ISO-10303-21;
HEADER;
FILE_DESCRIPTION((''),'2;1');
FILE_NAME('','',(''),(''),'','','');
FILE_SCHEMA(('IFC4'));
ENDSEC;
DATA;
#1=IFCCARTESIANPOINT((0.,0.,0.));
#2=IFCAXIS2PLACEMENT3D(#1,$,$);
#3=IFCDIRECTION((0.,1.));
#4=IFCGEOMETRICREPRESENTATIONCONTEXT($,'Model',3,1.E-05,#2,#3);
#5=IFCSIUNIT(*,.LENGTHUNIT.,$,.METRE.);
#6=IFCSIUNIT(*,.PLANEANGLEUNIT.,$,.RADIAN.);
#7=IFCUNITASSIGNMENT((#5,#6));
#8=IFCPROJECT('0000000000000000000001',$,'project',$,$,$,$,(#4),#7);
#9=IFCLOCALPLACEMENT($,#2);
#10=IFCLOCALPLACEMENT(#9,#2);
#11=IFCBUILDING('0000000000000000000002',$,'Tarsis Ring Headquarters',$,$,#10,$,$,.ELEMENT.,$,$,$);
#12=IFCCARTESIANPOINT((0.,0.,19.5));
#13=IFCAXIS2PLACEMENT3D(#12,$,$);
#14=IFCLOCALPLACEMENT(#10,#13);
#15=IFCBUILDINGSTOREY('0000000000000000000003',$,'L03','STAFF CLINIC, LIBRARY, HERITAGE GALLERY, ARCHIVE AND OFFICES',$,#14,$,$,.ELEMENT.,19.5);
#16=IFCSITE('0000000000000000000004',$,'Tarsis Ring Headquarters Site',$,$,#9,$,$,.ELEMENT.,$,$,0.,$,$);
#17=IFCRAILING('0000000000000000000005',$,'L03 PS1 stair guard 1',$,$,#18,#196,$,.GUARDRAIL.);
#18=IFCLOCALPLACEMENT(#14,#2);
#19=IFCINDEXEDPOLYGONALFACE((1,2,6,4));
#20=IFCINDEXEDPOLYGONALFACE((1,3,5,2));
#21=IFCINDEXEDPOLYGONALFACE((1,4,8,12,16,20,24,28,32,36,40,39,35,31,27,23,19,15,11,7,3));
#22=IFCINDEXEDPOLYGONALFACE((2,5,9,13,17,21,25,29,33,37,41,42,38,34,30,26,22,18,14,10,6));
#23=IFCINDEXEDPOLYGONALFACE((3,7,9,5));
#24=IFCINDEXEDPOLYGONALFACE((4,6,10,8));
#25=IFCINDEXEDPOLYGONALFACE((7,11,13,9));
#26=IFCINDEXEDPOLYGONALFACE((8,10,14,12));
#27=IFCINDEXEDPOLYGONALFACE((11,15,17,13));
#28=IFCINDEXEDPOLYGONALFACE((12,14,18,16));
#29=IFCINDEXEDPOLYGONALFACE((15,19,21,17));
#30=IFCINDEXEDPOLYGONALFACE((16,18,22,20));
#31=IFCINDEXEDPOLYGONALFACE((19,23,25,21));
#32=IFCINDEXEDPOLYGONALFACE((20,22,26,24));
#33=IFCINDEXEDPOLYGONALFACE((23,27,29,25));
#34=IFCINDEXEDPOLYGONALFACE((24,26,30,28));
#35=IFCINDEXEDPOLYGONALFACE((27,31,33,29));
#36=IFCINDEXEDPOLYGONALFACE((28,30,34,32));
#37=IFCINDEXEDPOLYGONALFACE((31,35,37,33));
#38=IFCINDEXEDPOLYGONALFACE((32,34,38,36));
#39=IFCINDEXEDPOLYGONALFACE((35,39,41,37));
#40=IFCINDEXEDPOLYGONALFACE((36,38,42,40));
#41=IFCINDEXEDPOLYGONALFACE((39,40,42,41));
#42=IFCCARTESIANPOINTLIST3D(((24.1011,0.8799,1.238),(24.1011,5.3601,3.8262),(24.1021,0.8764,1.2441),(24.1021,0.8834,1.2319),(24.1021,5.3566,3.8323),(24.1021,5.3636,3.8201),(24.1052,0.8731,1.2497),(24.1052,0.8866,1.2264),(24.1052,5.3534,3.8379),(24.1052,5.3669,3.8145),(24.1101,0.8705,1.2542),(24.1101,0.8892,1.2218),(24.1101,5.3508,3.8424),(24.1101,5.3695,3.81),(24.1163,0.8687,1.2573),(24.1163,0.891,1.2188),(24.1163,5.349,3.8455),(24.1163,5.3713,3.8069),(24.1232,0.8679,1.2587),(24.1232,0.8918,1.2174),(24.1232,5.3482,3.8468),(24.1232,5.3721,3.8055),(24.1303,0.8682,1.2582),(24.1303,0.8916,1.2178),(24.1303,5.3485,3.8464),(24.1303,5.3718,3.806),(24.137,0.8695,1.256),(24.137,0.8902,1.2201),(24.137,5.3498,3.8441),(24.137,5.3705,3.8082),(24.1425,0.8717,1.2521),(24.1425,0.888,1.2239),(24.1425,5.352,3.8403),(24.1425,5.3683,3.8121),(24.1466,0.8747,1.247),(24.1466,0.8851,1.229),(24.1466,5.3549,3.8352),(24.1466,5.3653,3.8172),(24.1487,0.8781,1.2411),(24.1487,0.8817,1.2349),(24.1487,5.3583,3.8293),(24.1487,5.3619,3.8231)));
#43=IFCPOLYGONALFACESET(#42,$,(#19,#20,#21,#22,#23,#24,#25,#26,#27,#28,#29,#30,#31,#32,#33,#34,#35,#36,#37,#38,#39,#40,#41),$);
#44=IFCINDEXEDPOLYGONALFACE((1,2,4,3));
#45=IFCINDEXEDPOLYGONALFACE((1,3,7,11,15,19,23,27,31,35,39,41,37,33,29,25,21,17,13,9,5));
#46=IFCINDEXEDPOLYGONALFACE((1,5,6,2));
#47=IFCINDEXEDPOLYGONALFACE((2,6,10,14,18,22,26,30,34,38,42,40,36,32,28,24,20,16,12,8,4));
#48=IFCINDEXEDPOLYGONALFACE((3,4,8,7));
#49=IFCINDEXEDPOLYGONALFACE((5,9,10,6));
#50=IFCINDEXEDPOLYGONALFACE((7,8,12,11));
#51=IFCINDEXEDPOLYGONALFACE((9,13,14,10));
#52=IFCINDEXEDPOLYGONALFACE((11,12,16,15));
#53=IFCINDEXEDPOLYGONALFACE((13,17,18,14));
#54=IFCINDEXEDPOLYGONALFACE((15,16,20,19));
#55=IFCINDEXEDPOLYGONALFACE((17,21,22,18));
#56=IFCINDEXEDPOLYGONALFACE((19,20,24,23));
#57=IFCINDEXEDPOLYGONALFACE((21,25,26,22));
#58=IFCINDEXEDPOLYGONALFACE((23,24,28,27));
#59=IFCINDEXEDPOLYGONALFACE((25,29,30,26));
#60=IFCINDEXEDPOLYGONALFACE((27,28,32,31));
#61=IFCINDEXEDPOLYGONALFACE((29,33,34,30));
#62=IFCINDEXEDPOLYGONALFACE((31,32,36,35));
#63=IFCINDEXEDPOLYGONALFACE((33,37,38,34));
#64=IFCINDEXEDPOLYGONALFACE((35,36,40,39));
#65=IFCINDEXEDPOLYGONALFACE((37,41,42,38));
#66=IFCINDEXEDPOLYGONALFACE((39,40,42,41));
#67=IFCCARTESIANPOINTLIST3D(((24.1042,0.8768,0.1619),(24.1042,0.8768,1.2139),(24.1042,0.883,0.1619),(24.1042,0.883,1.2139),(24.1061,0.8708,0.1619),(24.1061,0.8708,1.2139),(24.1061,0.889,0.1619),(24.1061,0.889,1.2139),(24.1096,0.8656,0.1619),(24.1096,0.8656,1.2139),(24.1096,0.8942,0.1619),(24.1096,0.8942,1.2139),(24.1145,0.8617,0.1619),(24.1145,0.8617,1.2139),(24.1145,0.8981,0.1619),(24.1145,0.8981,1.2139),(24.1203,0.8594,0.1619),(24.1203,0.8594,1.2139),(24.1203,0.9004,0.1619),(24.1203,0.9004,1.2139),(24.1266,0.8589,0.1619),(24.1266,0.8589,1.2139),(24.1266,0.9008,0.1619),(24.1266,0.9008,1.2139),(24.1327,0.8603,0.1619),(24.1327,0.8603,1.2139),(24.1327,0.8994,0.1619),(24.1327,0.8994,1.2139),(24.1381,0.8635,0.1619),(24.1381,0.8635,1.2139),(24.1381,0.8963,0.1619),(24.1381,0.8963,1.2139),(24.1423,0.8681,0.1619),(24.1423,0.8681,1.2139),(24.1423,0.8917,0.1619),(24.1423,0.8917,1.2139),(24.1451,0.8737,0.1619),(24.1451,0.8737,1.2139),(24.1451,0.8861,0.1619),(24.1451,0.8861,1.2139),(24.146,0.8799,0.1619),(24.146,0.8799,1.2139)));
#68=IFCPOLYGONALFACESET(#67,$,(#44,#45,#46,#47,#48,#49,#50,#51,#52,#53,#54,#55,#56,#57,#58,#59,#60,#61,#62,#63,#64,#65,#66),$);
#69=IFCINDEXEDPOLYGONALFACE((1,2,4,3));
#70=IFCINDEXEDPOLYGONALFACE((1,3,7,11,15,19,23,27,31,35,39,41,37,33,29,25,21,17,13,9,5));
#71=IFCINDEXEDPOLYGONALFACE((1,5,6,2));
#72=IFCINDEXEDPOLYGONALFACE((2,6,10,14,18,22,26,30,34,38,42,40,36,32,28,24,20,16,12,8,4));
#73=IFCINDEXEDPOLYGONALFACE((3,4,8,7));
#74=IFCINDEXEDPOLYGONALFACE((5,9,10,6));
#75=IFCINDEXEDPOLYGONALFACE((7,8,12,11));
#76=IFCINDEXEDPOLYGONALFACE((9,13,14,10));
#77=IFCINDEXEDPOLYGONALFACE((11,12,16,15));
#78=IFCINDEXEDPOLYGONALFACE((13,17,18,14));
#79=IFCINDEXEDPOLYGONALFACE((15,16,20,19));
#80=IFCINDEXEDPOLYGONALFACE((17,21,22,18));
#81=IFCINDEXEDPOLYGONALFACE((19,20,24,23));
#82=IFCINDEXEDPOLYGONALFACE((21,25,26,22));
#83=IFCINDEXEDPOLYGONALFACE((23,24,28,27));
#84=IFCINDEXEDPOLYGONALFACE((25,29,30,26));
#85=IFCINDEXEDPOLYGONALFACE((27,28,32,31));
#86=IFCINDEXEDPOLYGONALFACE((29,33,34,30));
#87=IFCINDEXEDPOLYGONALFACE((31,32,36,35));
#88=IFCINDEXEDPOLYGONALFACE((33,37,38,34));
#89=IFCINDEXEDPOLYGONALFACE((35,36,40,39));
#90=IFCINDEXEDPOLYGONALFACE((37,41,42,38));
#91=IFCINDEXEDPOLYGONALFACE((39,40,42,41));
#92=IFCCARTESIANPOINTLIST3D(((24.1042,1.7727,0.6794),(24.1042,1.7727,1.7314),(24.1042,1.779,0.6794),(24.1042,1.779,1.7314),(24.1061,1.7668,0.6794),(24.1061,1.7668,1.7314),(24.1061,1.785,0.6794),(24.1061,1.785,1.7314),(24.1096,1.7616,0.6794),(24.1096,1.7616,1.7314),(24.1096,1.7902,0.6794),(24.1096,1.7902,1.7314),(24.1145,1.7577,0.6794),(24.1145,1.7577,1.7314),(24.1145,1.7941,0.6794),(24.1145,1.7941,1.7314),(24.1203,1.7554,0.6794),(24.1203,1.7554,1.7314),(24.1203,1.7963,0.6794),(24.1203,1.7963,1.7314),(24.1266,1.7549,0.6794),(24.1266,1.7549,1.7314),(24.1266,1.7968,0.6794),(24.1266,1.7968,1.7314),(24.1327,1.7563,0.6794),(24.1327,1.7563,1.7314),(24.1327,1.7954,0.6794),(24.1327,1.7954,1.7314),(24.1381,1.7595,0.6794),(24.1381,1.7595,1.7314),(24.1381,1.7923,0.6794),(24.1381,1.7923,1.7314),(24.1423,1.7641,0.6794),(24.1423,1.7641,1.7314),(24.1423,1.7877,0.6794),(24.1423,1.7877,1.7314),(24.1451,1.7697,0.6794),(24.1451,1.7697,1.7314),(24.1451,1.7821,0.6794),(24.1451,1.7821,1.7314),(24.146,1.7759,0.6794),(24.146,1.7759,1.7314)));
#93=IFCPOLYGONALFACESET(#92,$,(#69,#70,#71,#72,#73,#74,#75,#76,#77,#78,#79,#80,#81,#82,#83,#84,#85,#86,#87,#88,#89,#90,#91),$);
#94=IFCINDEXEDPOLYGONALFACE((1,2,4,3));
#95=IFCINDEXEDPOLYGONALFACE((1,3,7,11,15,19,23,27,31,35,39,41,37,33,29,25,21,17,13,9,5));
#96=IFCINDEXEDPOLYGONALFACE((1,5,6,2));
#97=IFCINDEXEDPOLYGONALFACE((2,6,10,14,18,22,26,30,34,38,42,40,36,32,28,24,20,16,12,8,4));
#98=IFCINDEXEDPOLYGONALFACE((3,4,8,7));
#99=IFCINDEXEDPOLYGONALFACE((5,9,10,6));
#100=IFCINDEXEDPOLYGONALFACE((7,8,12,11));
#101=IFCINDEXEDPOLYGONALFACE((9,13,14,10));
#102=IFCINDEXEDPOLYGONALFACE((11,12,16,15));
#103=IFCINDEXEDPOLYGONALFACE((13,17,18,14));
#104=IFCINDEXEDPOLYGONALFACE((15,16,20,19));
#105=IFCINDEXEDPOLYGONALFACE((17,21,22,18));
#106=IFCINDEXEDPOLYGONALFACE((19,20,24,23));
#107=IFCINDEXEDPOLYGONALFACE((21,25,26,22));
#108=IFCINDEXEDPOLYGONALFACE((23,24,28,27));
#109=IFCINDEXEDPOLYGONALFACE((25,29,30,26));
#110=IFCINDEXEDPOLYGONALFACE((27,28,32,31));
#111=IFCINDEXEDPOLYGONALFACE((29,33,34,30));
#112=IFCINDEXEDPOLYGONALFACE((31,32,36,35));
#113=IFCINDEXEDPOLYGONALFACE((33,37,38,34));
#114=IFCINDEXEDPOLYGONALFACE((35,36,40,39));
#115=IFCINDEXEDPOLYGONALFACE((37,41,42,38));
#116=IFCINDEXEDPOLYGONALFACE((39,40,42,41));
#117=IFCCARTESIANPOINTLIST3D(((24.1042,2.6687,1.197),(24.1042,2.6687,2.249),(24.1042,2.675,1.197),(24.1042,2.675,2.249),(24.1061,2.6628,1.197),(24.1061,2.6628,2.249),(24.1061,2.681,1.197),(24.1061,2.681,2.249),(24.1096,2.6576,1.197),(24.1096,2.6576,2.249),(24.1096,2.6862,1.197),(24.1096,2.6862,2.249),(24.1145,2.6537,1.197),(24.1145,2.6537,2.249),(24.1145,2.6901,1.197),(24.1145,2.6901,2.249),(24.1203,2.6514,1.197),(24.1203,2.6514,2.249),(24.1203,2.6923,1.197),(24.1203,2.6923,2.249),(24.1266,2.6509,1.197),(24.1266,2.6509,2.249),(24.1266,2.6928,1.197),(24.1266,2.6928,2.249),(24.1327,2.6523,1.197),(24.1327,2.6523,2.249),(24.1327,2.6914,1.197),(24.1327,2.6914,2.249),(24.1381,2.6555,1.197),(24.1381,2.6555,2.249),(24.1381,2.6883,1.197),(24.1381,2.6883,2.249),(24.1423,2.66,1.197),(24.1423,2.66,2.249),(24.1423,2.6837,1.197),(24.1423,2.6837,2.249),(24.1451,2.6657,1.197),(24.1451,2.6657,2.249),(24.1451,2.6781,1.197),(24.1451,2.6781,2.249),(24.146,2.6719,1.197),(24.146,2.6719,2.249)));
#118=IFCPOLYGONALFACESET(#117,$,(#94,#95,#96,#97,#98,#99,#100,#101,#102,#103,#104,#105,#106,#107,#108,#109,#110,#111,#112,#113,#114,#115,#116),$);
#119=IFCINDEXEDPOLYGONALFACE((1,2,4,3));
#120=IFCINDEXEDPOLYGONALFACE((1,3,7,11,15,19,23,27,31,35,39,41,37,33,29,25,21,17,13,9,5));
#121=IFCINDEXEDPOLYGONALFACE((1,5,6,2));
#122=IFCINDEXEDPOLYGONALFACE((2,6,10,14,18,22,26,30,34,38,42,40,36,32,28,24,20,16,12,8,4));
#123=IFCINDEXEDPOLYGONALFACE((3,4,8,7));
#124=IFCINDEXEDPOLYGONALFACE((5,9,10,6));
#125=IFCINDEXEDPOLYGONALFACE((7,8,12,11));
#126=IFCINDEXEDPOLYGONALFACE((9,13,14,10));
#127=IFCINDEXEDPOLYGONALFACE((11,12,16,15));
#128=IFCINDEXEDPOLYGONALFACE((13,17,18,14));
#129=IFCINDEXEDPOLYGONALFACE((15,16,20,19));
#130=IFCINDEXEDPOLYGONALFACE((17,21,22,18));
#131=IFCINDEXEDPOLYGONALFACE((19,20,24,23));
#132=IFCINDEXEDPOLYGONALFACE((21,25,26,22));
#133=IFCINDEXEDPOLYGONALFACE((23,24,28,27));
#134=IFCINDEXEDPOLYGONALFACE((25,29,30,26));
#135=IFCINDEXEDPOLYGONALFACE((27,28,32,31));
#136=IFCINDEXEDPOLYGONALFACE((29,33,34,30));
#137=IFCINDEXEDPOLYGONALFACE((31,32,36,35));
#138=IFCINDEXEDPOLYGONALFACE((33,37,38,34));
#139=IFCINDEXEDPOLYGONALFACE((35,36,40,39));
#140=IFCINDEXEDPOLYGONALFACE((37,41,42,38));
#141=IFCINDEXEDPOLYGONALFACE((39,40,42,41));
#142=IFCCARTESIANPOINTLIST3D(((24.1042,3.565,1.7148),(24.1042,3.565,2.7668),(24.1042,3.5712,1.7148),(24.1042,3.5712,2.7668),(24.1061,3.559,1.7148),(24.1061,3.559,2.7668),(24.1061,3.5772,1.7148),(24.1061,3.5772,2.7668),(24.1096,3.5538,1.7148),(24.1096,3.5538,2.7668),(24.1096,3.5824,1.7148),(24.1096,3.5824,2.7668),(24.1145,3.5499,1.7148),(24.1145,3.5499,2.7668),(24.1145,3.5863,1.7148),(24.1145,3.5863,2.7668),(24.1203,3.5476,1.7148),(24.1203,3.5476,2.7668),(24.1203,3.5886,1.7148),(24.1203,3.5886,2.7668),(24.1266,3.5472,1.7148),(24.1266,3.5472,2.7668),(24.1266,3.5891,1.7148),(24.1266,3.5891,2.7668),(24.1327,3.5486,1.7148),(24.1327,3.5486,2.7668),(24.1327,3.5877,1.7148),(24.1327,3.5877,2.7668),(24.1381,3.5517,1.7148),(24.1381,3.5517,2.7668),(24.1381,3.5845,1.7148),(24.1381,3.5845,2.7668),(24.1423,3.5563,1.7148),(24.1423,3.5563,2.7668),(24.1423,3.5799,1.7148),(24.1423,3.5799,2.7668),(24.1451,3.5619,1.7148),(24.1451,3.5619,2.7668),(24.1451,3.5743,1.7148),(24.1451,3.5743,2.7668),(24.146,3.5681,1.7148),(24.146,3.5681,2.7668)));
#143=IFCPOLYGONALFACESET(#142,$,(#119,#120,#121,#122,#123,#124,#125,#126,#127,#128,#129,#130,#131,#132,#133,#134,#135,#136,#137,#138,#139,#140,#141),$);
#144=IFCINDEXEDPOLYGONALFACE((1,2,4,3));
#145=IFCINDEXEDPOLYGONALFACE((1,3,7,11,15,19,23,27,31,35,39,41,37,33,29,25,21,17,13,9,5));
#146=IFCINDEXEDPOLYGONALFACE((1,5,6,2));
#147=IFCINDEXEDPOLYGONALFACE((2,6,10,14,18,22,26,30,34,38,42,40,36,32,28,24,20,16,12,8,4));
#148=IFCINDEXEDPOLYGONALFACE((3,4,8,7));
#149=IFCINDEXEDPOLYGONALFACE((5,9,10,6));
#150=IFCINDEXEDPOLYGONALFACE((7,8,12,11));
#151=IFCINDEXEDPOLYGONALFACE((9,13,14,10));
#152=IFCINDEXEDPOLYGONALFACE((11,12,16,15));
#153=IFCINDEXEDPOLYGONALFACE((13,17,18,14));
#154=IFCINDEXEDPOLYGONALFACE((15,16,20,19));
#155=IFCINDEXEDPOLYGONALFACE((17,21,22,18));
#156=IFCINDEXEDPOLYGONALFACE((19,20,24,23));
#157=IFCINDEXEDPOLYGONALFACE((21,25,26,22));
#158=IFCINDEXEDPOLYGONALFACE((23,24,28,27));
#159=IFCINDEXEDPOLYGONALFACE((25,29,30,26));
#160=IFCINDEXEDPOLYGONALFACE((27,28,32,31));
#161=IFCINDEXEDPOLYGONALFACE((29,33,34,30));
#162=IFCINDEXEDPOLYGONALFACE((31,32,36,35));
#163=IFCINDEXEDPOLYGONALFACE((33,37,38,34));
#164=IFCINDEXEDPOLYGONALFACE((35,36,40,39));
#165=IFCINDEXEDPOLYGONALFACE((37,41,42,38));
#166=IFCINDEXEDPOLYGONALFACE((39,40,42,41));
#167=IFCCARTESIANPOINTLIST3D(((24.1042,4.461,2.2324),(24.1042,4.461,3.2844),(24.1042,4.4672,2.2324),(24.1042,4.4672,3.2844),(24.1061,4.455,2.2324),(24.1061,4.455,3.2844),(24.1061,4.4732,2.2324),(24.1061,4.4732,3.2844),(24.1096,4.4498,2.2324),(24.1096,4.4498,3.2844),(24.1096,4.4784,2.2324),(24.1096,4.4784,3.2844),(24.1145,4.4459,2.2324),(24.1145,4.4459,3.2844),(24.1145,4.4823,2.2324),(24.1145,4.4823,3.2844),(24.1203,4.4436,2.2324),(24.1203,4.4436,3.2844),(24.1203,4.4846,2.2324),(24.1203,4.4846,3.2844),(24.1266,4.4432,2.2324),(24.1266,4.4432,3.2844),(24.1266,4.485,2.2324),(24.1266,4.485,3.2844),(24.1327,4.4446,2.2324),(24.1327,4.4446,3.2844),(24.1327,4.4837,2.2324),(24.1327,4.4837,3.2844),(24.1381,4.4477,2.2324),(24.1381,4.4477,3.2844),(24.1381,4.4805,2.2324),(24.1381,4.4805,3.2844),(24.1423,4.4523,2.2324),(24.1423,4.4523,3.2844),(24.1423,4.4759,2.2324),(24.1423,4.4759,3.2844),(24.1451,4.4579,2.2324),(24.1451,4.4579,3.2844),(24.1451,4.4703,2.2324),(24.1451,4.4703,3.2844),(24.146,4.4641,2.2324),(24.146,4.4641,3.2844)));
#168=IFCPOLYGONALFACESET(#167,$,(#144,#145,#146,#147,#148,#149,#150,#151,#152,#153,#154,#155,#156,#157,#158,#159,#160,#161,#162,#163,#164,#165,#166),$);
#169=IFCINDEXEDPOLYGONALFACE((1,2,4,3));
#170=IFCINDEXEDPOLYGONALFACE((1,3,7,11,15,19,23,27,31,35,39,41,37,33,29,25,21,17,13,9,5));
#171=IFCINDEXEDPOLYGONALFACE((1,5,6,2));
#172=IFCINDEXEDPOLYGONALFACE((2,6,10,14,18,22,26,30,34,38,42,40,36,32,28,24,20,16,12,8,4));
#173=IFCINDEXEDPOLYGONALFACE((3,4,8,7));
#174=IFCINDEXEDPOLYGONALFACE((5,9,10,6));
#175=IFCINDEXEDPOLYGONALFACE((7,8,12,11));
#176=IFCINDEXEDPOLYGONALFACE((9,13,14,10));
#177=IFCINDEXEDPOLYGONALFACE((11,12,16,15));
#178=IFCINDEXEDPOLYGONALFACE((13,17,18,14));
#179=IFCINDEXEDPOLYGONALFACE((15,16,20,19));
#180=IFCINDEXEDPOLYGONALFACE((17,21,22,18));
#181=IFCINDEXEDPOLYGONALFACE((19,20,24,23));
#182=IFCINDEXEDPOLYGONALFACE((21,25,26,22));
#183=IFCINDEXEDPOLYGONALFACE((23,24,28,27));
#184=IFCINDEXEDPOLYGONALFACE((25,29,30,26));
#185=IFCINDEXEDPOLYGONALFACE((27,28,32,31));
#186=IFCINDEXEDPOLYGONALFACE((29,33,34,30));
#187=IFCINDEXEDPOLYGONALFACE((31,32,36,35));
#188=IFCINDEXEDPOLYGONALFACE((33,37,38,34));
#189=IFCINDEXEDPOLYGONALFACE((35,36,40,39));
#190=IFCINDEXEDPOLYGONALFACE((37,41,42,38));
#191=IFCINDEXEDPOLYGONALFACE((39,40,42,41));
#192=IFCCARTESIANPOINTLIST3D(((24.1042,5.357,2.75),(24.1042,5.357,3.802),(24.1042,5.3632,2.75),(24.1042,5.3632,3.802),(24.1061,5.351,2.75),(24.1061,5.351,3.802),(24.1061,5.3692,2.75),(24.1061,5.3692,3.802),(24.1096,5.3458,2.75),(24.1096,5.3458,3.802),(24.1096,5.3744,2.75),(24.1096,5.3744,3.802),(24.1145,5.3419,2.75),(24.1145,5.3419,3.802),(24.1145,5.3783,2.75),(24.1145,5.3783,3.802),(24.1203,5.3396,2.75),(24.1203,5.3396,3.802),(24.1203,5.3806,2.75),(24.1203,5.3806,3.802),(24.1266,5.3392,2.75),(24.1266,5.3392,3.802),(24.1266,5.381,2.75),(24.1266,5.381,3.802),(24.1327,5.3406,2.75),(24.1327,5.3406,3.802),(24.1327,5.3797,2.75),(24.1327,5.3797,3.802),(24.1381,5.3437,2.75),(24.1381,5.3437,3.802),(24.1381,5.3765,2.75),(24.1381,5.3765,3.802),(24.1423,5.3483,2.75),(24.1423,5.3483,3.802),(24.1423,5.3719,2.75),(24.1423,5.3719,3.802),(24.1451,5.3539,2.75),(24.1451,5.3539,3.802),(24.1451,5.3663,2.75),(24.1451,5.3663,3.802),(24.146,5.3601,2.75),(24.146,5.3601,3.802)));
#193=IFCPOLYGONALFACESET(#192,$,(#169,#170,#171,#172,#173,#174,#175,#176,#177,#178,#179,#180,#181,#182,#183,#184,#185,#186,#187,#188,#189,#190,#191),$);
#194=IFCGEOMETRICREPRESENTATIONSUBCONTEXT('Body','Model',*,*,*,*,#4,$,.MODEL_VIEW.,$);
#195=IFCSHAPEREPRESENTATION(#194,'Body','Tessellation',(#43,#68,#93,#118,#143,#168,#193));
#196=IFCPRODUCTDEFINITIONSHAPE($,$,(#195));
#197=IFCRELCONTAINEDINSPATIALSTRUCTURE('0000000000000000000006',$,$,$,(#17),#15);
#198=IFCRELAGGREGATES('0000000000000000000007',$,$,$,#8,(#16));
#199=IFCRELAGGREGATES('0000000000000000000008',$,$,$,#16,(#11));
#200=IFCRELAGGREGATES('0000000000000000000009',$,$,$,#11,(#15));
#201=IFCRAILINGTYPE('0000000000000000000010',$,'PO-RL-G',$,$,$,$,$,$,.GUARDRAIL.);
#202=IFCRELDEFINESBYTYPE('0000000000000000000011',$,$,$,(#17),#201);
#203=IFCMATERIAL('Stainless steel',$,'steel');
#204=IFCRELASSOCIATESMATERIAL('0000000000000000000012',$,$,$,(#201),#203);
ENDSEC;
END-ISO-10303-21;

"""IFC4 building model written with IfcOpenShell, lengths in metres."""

from ifc_helpers import new_model, si_unit, direction, frame, origin, origin_2d, place, context, subcontext, project, spatial, circle, extrude, material, type_object, element, save


model = new_model("IFC4")

# Units and contexts
model_context = context("Model", 3, precision=1e-05, world=origin(), true_north=direction((0.0, 1.0)))
body_context = subcontext(model_context, "Body", "Model", "MODEL_VIEW")
ifc_project = project(units=[si_unit("LENGTHUNIT", "METRE"), si_unit("PLANEANGLEUNIT", "RADIAN")], contexts=[model_context])

# Site, building, storey
site_placement = place(None, origin())
site = spatial("IfcSite", under=ifc_project, at=site_placement, Name="Tarsis Ring Headquarters Site", CompositionType="ELEMENT", RefElevation=0.0)
building_placement = place(site_placement, origin())
building = spatial("IfcBuilding", under=site, at=building_placement, Name="Tarsis Ring Headquarters", CompositionType="ELEMENT")
storey_placement = place(building_placement, frame((0.0, 0.0, 19.5)))
storey = spatial("IfcBuildingStorey", under=building, at=storey_placement, Name="L03", Description="STAFF CLINIC, LIBRARY, HERITAGE GALLERY, ARCHIVE AND OFFICES", CompositionType="ELEMENT", Elevation=19.5)

# Railing
ifc_material_1 = material(Name="Stainless steel", Category="steel")
railing_type_1 = type_object("IfcRailingType", Name="PO-RL-G", PredefinedType="GUARDRAIL", material=ifc_material_1)
railing_1_placement = place(storey_placement, frame((24.125, 0.8799, 0.1619)))
element("IfcRailing", 1, at=railing_1_placement, inside=storey, type_object=railing_type_1, Name="L03 PS1 stair guard 1", PredefinedType="GUARDRAIL", context=body_context, shape_type="SweptSolid", body=[
    extrude(circle(Radius=0.0239, at=origin_2d()), frame((0.0, 0.0, 1.0762), z_axis=(0.0, 0.865902, 0.500214), x_axis=(-1.0, 0.0, 0.0)), (0.0, 0.0, 1.0), 5.1741),
    extrude(circle(Radius=0.021, at=origin_2d()), origin(), (0.0, 0.0, 1.0), 1.052),
    extrude(circle(Radius=0.021, at=origin_2d()), frame((0.0, 0.896, 0.5176)), (0.0, 0.0, 1.0), 1.052),
    extrude(circle(Radius=0.021, at=origin_2d()), frame((0.0, 1.792, 1.0352)), (0.0, 0.0, 1.0), 1.052),
    extrude(circle(Radius=0.021, at=origin_2d()), frame((0.0, 2.6882, 1.553)), (0.0, 0.0, 1.0), 1.052),
    extrude(circle(Radius=0.021, at=origin_2d()), frame((0.0, 3.5842, 2.0706)), (0.0, 0.0, 1.0), 1.052),
    extrude(circle(Radius=0.021, at=origin_2d()), frame((0.0, 4.4802, 2.5881)), (0.0, 0.0, 1.0), 1.052),
])

save(model, "model.ifc")
